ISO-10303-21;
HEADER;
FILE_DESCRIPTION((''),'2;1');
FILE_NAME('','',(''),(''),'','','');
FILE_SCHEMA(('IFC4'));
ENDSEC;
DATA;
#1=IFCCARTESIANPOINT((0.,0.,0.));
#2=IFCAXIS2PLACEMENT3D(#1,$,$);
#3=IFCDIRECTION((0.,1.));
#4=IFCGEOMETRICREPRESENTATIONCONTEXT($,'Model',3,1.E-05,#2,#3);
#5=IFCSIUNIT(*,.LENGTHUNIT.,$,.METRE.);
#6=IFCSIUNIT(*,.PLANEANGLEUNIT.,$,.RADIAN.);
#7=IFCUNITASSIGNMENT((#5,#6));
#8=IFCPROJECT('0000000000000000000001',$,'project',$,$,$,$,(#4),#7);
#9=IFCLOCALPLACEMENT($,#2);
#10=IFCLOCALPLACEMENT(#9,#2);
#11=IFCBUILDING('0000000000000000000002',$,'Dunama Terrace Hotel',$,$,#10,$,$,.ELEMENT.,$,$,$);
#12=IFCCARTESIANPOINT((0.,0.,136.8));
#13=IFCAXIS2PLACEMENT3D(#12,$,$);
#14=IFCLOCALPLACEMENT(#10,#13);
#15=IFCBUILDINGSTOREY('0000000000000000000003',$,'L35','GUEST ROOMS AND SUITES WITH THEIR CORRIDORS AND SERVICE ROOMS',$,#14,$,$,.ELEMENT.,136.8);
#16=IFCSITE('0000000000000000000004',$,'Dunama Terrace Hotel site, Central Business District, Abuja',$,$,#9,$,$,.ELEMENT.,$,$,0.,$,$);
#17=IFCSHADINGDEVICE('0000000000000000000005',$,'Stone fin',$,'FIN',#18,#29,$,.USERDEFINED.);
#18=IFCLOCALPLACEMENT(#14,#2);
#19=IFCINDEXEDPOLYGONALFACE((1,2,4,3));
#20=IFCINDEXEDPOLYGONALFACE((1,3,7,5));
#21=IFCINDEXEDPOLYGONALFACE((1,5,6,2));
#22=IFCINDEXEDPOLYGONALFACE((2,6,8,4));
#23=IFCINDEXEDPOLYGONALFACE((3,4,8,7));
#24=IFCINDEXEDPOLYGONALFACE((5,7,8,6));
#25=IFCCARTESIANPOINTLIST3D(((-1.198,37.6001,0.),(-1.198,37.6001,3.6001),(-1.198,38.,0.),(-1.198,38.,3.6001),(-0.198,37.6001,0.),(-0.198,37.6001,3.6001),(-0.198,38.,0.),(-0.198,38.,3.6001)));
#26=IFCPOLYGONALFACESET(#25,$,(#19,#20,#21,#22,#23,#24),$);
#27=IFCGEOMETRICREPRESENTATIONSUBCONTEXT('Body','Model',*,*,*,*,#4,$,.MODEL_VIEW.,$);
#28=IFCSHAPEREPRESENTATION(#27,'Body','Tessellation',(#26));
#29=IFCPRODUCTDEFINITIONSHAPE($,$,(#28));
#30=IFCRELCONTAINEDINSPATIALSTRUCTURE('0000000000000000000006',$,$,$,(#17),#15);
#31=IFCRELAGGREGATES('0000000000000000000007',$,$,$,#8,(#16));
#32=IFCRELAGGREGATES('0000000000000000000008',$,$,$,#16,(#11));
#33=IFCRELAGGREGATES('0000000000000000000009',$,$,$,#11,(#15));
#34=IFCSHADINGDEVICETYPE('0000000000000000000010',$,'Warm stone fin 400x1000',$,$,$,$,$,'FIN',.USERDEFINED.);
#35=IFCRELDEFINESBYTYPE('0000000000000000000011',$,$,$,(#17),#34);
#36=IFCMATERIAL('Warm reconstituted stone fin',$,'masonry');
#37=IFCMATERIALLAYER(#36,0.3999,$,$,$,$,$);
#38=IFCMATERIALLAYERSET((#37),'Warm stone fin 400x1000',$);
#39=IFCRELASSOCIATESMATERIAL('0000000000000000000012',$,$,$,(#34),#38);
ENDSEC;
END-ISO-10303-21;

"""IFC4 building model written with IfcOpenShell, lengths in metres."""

from ifc_helpers import new_model, si_unit, direction, frame, origin, origin_2d, place, context, subcontext, project, spatial, rectangle, extrude, material, layer, layer_set, type_object, element, save


model = new_model("IFC4")

# Units and contexts
model_context = context("Model", 3, precision=1e-05, world=origin(), true_north=direction((0.0, 1.0)))
body_context = subcontext(model_context, "Body", "Model", "MODEL_VIEW")
ifc_project = project(units=[si_unit("LENGTHUNIT", "METRE"), si_unit("PLANEANGLEUNIT", "RADIAN")], contexts=[model_context])

# Site, building, storey
site_placement = place(None, origin())
site = spatial("IfcSite", under=ifc_project, at=site_placement, Name="Dunama Terrace Hotel site, Central Business District, Abuja", CompositionType="ELEMENT", RefElevation=0.0)
building_placement = place(site_placement, origin())
building = spatial("IfcBuilding", under=site, at=building_placement, Name="Dunama Terrace Hotel", CompositionType="ELEMENT")
storey_placement = place(building_placement, frame((0.0, 0.0, 136.8)))
storey = spatial("IfcBuildingStorey", under=building, at=storey_placement, Name="L35", Description="GUEST ROOMS AND SUITES WITH THEIR CORRIDORS AND SERVICE ROOMS", CompositionType="ELEMENT", Elevation=136.8)

# Shading device
ifc_material_1 = material(Name="Warm reconstituted stone fin", Category="masonry")
ifc_layer_1 = layer(ifc_material_1, 0.3999)
ifc_layer_set_1 = layer_set([ifc_layer_1], Name="Warm stone fin 400x1000")
shading_device_type = type_object("IfcShadingDeviceType", Name="Warm stone fin 400x1000", ElementType="FIN", PredefinedType="USERDEFINED", material=ifc_layer_set_1)
shading_device_placement = place(storey_placement, frame((-0.698, 37.8, 0.0), z_axis=(0.0, 0.0, 1.0), x_axis=(0.0, -1.0, 0.0)))
element("IfcShadingDevice", 1, at=shading_device_placement, inside=storey, type_object=shading_device_type, Name="Stone fin", ObjectType="FIN", PredefinedType="USERDEFINED", context=body_context, shape_type="SweptSolid", body=[
    extrude(rectangle(XDim=0.3999, YDim=1.0, at=origin_2d()), origin(), (0.0, 0.0, 1.0), 3.6001),
])

save(model, "model.ifc")
